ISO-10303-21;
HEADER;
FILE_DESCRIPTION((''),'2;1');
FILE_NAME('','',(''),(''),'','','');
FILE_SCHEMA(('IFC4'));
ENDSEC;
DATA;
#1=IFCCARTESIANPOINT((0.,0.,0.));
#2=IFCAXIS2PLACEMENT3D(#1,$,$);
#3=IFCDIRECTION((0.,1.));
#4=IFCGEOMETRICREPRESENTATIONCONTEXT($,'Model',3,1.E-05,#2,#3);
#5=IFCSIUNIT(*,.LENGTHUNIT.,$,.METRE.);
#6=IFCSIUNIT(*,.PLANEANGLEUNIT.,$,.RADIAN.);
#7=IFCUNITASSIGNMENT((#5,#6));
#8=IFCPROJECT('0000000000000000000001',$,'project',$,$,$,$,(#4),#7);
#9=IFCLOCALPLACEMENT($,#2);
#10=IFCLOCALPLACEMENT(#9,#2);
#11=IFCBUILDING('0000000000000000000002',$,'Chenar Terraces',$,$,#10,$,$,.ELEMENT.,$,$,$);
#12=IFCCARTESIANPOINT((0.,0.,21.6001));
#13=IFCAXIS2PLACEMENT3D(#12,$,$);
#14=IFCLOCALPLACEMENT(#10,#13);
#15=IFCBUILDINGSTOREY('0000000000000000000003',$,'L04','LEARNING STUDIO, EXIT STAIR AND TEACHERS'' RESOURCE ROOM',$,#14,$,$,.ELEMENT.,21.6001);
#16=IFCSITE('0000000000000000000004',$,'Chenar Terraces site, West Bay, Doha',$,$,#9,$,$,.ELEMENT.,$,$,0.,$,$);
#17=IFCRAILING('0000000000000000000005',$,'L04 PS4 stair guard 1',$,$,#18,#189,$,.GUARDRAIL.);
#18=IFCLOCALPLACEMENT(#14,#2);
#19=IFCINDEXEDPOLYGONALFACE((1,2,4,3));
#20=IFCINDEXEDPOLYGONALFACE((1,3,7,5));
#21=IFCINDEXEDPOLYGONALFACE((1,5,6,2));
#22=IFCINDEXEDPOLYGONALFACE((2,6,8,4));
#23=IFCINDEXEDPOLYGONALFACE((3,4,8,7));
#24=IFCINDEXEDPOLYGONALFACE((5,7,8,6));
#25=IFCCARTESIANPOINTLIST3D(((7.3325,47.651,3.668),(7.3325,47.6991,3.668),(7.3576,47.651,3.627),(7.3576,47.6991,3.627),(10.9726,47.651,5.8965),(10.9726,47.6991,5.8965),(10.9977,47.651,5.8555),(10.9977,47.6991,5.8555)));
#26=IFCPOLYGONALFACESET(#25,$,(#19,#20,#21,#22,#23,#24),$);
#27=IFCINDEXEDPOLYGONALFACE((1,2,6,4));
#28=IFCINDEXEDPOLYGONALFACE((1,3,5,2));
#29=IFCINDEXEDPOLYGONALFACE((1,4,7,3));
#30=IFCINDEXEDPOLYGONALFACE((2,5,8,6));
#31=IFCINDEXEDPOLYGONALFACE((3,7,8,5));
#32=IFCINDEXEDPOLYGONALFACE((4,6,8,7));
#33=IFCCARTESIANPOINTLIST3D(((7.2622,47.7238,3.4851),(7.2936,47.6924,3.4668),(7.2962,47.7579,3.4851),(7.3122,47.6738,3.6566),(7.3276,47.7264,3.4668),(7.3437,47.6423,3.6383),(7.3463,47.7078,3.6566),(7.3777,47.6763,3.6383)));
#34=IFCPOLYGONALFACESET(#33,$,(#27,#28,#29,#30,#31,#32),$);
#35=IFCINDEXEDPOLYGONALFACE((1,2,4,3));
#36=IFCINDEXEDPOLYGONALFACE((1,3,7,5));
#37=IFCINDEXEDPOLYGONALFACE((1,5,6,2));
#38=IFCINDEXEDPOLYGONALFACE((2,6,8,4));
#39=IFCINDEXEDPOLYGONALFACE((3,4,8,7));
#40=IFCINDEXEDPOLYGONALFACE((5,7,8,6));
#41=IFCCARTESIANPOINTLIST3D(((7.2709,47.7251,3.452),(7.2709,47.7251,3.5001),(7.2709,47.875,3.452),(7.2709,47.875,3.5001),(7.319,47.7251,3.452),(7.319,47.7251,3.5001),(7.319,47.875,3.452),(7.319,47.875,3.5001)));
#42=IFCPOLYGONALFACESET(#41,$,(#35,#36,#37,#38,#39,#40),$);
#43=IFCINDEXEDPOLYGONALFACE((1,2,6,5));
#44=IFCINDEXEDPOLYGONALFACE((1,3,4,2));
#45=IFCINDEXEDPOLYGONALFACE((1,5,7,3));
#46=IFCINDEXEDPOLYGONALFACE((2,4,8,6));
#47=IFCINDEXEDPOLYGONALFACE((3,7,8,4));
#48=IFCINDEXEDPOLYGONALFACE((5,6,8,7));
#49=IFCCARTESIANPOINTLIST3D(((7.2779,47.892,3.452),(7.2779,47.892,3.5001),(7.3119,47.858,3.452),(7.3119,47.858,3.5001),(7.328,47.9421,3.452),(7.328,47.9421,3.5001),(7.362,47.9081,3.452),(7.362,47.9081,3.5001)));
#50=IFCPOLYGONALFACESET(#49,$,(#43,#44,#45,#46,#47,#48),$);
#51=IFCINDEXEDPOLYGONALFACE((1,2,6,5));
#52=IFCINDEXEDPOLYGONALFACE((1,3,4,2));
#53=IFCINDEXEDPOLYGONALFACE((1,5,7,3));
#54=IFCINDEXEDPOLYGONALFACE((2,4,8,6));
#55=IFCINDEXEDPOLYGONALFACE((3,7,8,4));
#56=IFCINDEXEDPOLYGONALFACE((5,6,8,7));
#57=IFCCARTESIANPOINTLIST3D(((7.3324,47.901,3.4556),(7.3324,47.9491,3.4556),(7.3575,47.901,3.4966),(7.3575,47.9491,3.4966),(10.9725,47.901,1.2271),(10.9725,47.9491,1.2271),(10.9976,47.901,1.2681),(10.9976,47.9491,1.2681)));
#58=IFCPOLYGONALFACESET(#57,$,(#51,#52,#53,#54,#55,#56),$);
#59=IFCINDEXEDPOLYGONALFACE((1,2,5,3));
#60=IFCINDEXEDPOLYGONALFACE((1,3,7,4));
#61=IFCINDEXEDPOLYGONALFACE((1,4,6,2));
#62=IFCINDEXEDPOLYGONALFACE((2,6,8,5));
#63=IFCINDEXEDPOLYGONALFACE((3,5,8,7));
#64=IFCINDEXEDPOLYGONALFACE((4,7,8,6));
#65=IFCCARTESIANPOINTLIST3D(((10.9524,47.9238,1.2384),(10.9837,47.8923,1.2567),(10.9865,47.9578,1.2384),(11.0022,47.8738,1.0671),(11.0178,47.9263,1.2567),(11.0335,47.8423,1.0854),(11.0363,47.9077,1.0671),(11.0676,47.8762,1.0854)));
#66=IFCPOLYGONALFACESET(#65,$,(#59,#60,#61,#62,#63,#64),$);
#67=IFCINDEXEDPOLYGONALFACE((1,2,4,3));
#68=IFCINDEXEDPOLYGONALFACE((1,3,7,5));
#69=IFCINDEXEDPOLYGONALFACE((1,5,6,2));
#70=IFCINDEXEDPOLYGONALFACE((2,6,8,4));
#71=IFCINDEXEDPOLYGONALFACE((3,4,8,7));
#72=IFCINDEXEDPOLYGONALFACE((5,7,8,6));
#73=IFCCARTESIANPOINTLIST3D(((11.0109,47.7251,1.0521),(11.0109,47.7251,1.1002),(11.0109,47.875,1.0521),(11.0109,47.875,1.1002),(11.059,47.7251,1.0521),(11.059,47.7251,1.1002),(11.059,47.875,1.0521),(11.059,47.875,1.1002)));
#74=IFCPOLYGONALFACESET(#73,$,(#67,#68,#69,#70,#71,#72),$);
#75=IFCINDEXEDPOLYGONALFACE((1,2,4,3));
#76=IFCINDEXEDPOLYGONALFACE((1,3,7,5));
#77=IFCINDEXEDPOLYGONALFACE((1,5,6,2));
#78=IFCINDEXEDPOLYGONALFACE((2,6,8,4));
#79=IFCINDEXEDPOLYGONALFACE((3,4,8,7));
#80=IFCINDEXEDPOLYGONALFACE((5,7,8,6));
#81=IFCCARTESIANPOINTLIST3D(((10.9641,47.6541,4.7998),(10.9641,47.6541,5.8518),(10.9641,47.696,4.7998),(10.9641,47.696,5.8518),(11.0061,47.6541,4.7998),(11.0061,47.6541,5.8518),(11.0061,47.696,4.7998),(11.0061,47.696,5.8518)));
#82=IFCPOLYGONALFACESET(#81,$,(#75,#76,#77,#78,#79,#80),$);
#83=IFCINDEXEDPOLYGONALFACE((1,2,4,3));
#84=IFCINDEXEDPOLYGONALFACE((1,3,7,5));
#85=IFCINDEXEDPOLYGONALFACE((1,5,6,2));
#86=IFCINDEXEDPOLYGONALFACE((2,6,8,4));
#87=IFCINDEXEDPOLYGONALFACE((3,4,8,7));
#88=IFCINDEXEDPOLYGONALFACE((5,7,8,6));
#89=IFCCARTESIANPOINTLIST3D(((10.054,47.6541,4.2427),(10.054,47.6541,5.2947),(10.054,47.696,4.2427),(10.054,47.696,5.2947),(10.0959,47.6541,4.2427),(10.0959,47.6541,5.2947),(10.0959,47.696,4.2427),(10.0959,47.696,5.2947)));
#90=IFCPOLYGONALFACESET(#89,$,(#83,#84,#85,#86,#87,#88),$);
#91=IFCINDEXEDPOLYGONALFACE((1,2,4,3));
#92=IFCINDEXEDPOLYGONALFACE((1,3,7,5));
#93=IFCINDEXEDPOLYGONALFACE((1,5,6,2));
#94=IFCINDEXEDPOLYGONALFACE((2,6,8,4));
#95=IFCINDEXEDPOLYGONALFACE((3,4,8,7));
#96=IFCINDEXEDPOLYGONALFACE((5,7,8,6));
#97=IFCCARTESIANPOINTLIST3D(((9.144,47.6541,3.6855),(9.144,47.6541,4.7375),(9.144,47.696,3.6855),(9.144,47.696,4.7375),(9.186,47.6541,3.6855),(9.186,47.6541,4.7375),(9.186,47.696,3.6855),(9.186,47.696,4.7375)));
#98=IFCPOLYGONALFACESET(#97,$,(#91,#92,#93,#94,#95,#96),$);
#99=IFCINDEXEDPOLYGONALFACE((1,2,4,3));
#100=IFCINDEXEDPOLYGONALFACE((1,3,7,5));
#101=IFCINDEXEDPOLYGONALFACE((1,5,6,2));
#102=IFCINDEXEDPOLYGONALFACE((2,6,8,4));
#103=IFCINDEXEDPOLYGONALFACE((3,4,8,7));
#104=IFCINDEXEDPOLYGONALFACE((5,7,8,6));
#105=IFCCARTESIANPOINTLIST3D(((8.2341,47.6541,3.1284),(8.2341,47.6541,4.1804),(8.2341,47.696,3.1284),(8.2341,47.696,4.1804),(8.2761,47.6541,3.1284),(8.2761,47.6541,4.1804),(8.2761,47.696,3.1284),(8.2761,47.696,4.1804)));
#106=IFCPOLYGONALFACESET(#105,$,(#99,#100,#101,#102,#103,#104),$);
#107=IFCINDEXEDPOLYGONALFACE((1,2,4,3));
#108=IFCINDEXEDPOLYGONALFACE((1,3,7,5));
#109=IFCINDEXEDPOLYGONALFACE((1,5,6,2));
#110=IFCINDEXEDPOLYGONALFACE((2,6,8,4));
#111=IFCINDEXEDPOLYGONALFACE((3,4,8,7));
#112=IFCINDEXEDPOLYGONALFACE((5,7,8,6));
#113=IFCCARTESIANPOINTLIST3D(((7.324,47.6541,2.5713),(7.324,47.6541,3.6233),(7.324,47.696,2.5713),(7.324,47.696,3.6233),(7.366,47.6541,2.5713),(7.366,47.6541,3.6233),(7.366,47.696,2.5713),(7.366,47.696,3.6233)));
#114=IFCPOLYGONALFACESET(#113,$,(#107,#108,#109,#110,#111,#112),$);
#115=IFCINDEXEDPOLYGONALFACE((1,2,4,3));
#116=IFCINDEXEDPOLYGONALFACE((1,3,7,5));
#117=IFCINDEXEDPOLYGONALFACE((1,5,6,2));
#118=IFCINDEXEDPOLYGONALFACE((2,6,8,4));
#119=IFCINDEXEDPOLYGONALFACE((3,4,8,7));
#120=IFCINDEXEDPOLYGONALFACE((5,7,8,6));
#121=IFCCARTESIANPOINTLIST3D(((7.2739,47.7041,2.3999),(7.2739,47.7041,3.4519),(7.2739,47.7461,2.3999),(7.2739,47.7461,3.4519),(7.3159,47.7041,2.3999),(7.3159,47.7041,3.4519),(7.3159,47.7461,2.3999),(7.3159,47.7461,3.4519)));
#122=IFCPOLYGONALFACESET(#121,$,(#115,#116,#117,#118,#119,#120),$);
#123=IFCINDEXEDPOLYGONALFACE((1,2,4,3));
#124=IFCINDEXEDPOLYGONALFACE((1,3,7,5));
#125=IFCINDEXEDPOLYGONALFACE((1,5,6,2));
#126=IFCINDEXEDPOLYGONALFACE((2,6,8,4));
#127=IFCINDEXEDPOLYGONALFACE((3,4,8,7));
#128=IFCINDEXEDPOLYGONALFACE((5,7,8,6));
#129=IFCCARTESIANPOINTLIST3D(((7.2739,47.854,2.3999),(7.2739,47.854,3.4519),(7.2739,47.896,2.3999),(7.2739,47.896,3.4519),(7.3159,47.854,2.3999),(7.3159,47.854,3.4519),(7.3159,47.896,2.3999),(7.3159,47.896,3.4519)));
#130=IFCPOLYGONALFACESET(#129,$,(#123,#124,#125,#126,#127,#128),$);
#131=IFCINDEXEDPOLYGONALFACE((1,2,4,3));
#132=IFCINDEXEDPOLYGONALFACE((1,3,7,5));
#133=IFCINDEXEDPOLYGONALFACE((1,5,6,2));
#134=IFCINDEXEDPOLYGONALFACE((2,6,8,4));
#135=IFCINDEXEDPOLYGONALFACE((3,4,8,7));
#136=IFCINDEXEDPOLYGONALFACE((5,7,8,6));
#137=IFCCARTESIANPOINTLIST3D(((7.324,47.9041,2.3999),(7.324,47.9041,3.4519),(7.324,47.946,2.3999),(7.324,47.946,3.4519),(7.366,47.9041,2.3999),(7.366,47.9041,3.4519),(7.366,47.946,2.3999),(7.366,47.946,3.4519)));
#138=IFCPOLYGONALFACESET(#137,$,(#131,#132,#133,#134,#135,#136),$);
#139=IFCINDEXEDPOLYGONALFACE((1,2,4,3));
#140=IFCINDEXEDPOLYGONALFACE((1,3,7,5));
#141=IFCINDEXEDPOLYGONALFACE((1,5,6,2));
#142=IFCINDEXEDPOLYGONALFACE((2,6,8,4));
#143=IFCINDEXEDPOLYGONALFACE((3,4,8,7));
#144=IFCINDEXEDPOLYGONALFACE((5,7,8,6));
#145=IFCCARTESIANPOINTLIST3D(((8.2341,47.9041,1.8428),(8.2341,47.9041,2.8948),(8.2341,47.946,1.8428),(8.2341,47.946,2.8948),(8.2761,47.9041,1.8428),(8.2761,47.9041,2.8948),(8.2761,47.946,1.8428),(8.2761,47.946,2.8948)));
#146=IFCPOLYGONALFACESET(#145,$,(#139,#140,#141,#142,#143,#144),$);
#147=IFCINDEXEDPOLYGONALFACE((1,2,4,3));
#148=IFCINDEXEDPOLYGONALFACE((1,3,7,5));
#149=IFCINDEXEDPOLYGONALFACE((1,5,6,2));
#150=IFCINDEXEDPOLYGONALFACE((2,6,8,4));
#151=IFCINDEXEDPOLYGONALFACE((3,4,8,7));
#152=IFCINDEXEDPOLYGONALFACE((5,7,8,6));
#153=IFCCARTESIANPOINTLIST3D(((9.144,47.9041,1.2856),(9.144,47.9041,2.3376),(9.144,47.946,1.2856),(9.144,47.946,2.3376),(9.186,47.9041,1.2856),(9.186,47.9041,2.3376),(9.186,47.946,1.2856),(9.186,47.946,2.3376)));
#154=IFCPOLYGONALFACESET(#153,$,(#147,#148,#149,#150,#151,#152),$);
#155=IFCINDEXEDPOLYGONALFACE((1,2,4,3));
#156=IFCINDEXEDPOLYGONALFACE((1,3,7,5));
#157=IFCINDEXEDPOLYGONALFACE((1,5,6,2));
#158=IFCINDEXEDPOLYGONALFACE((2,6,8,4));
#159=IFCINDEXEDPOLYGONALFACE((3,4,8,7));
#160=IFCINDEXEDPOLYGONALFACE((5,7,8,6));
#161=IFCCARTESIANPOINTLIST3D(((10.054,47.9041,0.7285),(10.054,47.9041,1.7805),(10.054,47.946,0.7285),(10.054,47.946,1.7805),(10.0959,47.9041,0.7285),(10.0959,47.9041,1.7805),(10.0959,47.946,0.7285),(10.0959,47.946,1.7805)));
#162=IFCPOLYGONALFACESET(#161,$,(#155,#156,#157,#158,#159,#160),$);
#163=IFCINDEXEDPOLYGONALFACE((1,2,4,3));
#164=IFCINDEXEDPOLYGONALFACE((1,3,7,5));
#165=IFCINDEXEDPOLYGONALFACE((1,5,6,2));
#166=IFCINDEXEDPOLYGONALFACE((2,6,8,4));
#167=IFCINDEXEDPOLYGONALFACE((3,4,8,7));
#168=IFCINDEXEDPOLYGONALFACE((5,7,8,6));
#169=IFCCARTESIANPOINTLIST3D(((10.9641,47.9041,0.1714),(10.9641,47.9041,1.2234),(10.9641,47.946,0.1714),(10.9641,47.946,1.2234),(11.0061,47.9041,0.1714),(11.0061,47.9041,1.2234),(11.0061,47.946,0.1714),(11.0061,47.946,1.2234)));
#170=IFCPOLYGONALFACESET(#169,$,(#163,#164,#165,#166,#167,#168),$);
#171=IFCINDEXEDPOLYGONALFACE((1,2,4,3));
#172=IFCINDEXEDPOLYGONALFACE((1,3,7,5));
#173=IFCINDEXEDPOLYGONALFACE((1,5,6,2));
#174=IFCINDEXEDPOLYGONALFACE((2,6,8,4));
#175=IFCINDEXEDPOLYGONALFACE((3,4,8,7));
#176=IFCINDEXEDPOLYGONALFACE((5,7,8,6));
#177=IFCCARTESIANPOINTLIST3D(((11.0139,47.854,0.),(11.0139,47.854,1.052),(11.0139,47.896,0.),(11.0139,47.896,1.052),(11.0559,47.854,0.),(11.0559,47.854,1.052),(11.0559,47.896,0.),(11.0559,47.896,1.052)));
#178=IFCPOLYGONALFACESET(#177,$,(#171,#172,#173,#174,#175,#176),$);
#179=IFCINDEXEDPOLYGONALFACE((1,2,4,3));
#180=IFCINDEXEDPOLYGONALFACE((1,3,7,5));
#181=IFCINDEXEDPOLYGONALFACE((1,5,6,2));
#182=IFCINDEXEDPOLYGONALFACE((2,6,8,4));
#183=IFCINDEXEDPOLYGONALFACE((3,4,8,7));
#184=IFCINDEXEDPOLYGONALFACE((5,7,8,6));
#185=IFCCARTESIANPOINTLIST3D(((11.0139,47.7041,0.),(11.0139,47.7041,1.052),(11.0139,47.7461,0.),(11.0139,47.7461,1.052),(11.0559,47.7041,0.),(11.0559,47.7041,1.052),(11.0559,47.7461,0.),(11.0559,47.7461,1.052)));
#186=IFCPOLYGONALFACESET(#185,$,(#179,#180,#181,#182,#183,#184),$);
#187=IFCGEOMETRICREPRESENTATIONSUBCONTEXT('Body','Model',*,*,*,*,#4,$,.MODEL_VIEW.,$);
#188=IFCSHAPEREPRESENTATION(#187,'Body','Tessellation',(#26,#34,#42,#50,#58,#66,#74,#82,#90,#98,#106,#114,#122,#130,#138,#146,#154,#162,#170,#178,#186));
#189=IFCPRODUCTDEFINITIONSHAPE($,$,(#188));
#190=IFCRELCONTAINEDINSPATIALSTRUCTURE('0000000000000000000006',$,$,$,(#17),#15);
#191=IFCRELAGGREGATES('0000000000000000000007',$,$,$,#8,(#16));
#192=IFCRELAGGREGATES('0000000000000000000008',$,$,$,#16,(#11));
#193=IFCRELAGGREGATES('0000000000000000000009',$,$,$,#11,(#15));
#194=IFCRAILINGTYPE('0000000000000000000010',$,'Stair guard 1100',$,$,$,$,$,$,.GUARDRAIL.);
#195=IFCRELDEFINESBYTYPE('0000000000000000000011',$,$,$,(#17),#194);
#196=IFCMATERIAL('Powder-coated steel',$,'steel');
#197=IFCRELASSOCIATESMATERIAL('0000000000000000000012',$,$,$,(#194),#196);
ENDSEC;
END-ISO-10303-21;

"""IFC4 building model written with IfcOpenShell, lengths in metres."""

from ifc_helpers import new_model, si_unit, direction, frame, origin, origin_2d, place, context, subcontext, project, spatial, rectangle, extrude, material, type_object, element, save


model = new_model("IFC4")

# Units and contexts
model_context = context("Model", 3, precision=1e-05, world=origin(), true_north=direction((0.0, 1.0)))
body_context = subcontext(model_context, "Body", "Model", "MODEL_VIEW")
ifc_project = project(units=[si_unit("LENGTHUNIT", "METRE"), si_unit("PLANEANGLEUNIT", "RADIAN")], contexts=[model_context])

# Site, building, storey
site_placement = place(None, origin())
site = spatial("IfcSite", under=ifc_project, at=site_placement, Name="Chenar Terraces site, West Bay, Doha", CompositionType="ELEMENT", RefElevation=0.0)
building_placement = place(site_placement, origin())
building = spatial("IfcBuilding", under=site, at=building_placement, Name="Chenar Terraces", CompositionType="ELEMENT")
storey_placement = place(building_placement, frame((0.0, 0.0, 21.6001)))
storey = spatial("IfcBuildingStorey", under=building, at=storey_placement, Name="L04", Description="LEARNING STUDIO, EXIT STAIR AND TEACHERS' RESOURCE ROOM", CompositionType="ELEMENT", Elevation=21.6001)

# Railing
ifc_material_1 = material(Name="Powder-coated steel", Category="steel")
railing_type_1 = type_object("IfcRailingType", Name="Stair guard 1100", PredefinedType="GUARDRAIL", material=ifc_material_1)
railing_1_placement = place(storey_placement, frame((10.9851, 47.675, 4.7998)))
element("IfcRailing", 1, at=railing_1_placement, inside=storey, type_object=railing_type_1, Name="L04 PS4 stair guard 1", PredefinedType="GUARDRAIL", context=body_context, shape_type="SweptSolid", body=[
    extrude(rectangle(XDim=0.0481, YDim=0.0481, at=origin_2d()), frame((0.0, 0.0, 1.0762), z_axis=(-0.852866, 0.0, -0.52213), x_axis=(0.0, -1.0, 0.0)), (0.0, 0.0, 1.0), 4.2681),
    extrude(rectangle(XDim=0.0481, YDim=0.0481, at=origin_2d()), frame((-3.6401, 0.0, -1.1523), z_axis=(-0.269911, 0.269911, -0.924281), x_axis=(-0.707107, -0.707107, 0.0)), (0.0, 0.0, 1.0), 0.1855),
    extrude(rectangle(XDim=0.0481, YDim=0.0481, at=origin_2d()), frame((-3.6902, 0.05, -1.3237), z_axis=(0.0, 1.0, 0.0), x_axis=(-1.0, 0.0, 0.0)), (0.0, 0.0, 1.0), 0.1499),
    extrude(rectangle(XDim=0.0481, YDim=0.0481, at=origin_2d()), frame((-3.6902, 0.2, -1.3237), z_axis=(0.707107, 0.707107, 0.0), x_axis=(-0.707107, 0.707107, 0.0)), (0.0, 0.0, 1.0), 0.0708),
    extrude(rectangle(XDim=0.0481, YDim=0.0481, at=origin_2d()), frame((-3.6401, 0.25, -1.3237), z_axis=(0.852866, 0.0, -0.52213), x_axis=(0.0, 1.0, 0.0)), (0.0, 0.0, 1.0), 4.2681),
    extrude(rectangle(XDim=0.0481, YDim=0.0481, at=origin_2d()), frame((0.0, 0.25, -3.5522), z_axis=(0.26869, -0.270007, -0.924609), x_axis=(0.708834, 0.705376, 0.0)), (0.0, 0.0, 1.0), 0.1853),
    extrude(rectangle(XDim=0.0481, YDim=0.0481, at=origin_2d()), frame((0.0498, 0.2, -3.7236), z_axis=(0.0, -1.0, 0.0), x_axis=(1.0, 0.0, 0.0)), (0.0, 0.0, 1.0), 0.1499),
    extrude(rectangle(XDim=0.042, YDim=0.042, at=origin_2d()), origin(), (0.0, 0.0, 1.0), 1.052),
    extrude(rectangle(XDim=0.042, YDim=0.042, at=origin_2d()), frame((-0.9102, 0.0, -0.5571)), (0.0, 0.0, 1.0), 1.052),
    extrude(rectangle(XDim=0.042, YDim=0.042, at=origin_2d()), frame((-1.8201, 0.0, -1.1143)), (0.0, 0.0, 1.0), 1.052),
    extrude(rectangle(XDim=0.042, YDim=0.042, at=origin_2d()), frame((-2.73, 0.0, -1.6714)), (0.0, 0.0, 1.0), 1.052),
    extrude(rectangle(XDim=0.042, YDim=0.042, at=origin_2d()), frame((-3.6401, 0.0, -2.2285)), (0.0, 0.0, 1.0), 1.052),
    extrude(rectangle(XDim=0.042, YDim=0.042, at=origin_2d()), frame((-3.6902, 0.05, -2.3999)), (0.0, 0.0, 1.0), 1.052),
    extrude(rectangle(XDim=0.042, YDim=0.042, at=origin_2d()), frame((-3.6902, 0.2, -2.3999)), (0.0, 0.0, 1.0), 1.052),
    extrude(rectangle(XDim=0.042, YDim=0.042, at=origin_2d()), frame((-3.6401, 0.25, -2.3999)), (0.0, 0.0, 1.0), 1.052),
    extrude(rectangle(XDim=0.042, YDim=0.042, at=origin_2d()), frame((-2.73, 0.25, -2.957)), (0.0, 0.0, 1.0), 1.052),
    extrude(rectangle(XDim=0.042, YDim=0.042, at=origin_2d()), frame((-1.8201, 0.25, -3.5142)), (0.0, 0.0, 1.0), 1.052),
    extrude(rectangle(XDim=0.042, YDim=0.042, at=origin_2d()), frame((-0.9102, 0.25, -4.0713)), (0.0, 0.0, 1.0), 1.052),
    extrude(rectangle(XDim=0.042, YDim=0.042, at=origin_2d()), frame((0.0, 0.25, -4.6284)), (0.0, 0.0, 1.0), 1.052),
    extrude(rectangle(XDim=0.042, YDim=0.042, at=origin_2d()), frame((0.0498, 0.2, -4.7998)), (0.0, 0.0, 1.0), 1.052),
    extrude(rectangle(XDim=0.042, YDim=0.042, at=origin_2d()), frame((0.0498, 0.05, -4.7998)), (0.0, 0.0, 1.0), 1.052),
])

save(model, "model.ifc")
